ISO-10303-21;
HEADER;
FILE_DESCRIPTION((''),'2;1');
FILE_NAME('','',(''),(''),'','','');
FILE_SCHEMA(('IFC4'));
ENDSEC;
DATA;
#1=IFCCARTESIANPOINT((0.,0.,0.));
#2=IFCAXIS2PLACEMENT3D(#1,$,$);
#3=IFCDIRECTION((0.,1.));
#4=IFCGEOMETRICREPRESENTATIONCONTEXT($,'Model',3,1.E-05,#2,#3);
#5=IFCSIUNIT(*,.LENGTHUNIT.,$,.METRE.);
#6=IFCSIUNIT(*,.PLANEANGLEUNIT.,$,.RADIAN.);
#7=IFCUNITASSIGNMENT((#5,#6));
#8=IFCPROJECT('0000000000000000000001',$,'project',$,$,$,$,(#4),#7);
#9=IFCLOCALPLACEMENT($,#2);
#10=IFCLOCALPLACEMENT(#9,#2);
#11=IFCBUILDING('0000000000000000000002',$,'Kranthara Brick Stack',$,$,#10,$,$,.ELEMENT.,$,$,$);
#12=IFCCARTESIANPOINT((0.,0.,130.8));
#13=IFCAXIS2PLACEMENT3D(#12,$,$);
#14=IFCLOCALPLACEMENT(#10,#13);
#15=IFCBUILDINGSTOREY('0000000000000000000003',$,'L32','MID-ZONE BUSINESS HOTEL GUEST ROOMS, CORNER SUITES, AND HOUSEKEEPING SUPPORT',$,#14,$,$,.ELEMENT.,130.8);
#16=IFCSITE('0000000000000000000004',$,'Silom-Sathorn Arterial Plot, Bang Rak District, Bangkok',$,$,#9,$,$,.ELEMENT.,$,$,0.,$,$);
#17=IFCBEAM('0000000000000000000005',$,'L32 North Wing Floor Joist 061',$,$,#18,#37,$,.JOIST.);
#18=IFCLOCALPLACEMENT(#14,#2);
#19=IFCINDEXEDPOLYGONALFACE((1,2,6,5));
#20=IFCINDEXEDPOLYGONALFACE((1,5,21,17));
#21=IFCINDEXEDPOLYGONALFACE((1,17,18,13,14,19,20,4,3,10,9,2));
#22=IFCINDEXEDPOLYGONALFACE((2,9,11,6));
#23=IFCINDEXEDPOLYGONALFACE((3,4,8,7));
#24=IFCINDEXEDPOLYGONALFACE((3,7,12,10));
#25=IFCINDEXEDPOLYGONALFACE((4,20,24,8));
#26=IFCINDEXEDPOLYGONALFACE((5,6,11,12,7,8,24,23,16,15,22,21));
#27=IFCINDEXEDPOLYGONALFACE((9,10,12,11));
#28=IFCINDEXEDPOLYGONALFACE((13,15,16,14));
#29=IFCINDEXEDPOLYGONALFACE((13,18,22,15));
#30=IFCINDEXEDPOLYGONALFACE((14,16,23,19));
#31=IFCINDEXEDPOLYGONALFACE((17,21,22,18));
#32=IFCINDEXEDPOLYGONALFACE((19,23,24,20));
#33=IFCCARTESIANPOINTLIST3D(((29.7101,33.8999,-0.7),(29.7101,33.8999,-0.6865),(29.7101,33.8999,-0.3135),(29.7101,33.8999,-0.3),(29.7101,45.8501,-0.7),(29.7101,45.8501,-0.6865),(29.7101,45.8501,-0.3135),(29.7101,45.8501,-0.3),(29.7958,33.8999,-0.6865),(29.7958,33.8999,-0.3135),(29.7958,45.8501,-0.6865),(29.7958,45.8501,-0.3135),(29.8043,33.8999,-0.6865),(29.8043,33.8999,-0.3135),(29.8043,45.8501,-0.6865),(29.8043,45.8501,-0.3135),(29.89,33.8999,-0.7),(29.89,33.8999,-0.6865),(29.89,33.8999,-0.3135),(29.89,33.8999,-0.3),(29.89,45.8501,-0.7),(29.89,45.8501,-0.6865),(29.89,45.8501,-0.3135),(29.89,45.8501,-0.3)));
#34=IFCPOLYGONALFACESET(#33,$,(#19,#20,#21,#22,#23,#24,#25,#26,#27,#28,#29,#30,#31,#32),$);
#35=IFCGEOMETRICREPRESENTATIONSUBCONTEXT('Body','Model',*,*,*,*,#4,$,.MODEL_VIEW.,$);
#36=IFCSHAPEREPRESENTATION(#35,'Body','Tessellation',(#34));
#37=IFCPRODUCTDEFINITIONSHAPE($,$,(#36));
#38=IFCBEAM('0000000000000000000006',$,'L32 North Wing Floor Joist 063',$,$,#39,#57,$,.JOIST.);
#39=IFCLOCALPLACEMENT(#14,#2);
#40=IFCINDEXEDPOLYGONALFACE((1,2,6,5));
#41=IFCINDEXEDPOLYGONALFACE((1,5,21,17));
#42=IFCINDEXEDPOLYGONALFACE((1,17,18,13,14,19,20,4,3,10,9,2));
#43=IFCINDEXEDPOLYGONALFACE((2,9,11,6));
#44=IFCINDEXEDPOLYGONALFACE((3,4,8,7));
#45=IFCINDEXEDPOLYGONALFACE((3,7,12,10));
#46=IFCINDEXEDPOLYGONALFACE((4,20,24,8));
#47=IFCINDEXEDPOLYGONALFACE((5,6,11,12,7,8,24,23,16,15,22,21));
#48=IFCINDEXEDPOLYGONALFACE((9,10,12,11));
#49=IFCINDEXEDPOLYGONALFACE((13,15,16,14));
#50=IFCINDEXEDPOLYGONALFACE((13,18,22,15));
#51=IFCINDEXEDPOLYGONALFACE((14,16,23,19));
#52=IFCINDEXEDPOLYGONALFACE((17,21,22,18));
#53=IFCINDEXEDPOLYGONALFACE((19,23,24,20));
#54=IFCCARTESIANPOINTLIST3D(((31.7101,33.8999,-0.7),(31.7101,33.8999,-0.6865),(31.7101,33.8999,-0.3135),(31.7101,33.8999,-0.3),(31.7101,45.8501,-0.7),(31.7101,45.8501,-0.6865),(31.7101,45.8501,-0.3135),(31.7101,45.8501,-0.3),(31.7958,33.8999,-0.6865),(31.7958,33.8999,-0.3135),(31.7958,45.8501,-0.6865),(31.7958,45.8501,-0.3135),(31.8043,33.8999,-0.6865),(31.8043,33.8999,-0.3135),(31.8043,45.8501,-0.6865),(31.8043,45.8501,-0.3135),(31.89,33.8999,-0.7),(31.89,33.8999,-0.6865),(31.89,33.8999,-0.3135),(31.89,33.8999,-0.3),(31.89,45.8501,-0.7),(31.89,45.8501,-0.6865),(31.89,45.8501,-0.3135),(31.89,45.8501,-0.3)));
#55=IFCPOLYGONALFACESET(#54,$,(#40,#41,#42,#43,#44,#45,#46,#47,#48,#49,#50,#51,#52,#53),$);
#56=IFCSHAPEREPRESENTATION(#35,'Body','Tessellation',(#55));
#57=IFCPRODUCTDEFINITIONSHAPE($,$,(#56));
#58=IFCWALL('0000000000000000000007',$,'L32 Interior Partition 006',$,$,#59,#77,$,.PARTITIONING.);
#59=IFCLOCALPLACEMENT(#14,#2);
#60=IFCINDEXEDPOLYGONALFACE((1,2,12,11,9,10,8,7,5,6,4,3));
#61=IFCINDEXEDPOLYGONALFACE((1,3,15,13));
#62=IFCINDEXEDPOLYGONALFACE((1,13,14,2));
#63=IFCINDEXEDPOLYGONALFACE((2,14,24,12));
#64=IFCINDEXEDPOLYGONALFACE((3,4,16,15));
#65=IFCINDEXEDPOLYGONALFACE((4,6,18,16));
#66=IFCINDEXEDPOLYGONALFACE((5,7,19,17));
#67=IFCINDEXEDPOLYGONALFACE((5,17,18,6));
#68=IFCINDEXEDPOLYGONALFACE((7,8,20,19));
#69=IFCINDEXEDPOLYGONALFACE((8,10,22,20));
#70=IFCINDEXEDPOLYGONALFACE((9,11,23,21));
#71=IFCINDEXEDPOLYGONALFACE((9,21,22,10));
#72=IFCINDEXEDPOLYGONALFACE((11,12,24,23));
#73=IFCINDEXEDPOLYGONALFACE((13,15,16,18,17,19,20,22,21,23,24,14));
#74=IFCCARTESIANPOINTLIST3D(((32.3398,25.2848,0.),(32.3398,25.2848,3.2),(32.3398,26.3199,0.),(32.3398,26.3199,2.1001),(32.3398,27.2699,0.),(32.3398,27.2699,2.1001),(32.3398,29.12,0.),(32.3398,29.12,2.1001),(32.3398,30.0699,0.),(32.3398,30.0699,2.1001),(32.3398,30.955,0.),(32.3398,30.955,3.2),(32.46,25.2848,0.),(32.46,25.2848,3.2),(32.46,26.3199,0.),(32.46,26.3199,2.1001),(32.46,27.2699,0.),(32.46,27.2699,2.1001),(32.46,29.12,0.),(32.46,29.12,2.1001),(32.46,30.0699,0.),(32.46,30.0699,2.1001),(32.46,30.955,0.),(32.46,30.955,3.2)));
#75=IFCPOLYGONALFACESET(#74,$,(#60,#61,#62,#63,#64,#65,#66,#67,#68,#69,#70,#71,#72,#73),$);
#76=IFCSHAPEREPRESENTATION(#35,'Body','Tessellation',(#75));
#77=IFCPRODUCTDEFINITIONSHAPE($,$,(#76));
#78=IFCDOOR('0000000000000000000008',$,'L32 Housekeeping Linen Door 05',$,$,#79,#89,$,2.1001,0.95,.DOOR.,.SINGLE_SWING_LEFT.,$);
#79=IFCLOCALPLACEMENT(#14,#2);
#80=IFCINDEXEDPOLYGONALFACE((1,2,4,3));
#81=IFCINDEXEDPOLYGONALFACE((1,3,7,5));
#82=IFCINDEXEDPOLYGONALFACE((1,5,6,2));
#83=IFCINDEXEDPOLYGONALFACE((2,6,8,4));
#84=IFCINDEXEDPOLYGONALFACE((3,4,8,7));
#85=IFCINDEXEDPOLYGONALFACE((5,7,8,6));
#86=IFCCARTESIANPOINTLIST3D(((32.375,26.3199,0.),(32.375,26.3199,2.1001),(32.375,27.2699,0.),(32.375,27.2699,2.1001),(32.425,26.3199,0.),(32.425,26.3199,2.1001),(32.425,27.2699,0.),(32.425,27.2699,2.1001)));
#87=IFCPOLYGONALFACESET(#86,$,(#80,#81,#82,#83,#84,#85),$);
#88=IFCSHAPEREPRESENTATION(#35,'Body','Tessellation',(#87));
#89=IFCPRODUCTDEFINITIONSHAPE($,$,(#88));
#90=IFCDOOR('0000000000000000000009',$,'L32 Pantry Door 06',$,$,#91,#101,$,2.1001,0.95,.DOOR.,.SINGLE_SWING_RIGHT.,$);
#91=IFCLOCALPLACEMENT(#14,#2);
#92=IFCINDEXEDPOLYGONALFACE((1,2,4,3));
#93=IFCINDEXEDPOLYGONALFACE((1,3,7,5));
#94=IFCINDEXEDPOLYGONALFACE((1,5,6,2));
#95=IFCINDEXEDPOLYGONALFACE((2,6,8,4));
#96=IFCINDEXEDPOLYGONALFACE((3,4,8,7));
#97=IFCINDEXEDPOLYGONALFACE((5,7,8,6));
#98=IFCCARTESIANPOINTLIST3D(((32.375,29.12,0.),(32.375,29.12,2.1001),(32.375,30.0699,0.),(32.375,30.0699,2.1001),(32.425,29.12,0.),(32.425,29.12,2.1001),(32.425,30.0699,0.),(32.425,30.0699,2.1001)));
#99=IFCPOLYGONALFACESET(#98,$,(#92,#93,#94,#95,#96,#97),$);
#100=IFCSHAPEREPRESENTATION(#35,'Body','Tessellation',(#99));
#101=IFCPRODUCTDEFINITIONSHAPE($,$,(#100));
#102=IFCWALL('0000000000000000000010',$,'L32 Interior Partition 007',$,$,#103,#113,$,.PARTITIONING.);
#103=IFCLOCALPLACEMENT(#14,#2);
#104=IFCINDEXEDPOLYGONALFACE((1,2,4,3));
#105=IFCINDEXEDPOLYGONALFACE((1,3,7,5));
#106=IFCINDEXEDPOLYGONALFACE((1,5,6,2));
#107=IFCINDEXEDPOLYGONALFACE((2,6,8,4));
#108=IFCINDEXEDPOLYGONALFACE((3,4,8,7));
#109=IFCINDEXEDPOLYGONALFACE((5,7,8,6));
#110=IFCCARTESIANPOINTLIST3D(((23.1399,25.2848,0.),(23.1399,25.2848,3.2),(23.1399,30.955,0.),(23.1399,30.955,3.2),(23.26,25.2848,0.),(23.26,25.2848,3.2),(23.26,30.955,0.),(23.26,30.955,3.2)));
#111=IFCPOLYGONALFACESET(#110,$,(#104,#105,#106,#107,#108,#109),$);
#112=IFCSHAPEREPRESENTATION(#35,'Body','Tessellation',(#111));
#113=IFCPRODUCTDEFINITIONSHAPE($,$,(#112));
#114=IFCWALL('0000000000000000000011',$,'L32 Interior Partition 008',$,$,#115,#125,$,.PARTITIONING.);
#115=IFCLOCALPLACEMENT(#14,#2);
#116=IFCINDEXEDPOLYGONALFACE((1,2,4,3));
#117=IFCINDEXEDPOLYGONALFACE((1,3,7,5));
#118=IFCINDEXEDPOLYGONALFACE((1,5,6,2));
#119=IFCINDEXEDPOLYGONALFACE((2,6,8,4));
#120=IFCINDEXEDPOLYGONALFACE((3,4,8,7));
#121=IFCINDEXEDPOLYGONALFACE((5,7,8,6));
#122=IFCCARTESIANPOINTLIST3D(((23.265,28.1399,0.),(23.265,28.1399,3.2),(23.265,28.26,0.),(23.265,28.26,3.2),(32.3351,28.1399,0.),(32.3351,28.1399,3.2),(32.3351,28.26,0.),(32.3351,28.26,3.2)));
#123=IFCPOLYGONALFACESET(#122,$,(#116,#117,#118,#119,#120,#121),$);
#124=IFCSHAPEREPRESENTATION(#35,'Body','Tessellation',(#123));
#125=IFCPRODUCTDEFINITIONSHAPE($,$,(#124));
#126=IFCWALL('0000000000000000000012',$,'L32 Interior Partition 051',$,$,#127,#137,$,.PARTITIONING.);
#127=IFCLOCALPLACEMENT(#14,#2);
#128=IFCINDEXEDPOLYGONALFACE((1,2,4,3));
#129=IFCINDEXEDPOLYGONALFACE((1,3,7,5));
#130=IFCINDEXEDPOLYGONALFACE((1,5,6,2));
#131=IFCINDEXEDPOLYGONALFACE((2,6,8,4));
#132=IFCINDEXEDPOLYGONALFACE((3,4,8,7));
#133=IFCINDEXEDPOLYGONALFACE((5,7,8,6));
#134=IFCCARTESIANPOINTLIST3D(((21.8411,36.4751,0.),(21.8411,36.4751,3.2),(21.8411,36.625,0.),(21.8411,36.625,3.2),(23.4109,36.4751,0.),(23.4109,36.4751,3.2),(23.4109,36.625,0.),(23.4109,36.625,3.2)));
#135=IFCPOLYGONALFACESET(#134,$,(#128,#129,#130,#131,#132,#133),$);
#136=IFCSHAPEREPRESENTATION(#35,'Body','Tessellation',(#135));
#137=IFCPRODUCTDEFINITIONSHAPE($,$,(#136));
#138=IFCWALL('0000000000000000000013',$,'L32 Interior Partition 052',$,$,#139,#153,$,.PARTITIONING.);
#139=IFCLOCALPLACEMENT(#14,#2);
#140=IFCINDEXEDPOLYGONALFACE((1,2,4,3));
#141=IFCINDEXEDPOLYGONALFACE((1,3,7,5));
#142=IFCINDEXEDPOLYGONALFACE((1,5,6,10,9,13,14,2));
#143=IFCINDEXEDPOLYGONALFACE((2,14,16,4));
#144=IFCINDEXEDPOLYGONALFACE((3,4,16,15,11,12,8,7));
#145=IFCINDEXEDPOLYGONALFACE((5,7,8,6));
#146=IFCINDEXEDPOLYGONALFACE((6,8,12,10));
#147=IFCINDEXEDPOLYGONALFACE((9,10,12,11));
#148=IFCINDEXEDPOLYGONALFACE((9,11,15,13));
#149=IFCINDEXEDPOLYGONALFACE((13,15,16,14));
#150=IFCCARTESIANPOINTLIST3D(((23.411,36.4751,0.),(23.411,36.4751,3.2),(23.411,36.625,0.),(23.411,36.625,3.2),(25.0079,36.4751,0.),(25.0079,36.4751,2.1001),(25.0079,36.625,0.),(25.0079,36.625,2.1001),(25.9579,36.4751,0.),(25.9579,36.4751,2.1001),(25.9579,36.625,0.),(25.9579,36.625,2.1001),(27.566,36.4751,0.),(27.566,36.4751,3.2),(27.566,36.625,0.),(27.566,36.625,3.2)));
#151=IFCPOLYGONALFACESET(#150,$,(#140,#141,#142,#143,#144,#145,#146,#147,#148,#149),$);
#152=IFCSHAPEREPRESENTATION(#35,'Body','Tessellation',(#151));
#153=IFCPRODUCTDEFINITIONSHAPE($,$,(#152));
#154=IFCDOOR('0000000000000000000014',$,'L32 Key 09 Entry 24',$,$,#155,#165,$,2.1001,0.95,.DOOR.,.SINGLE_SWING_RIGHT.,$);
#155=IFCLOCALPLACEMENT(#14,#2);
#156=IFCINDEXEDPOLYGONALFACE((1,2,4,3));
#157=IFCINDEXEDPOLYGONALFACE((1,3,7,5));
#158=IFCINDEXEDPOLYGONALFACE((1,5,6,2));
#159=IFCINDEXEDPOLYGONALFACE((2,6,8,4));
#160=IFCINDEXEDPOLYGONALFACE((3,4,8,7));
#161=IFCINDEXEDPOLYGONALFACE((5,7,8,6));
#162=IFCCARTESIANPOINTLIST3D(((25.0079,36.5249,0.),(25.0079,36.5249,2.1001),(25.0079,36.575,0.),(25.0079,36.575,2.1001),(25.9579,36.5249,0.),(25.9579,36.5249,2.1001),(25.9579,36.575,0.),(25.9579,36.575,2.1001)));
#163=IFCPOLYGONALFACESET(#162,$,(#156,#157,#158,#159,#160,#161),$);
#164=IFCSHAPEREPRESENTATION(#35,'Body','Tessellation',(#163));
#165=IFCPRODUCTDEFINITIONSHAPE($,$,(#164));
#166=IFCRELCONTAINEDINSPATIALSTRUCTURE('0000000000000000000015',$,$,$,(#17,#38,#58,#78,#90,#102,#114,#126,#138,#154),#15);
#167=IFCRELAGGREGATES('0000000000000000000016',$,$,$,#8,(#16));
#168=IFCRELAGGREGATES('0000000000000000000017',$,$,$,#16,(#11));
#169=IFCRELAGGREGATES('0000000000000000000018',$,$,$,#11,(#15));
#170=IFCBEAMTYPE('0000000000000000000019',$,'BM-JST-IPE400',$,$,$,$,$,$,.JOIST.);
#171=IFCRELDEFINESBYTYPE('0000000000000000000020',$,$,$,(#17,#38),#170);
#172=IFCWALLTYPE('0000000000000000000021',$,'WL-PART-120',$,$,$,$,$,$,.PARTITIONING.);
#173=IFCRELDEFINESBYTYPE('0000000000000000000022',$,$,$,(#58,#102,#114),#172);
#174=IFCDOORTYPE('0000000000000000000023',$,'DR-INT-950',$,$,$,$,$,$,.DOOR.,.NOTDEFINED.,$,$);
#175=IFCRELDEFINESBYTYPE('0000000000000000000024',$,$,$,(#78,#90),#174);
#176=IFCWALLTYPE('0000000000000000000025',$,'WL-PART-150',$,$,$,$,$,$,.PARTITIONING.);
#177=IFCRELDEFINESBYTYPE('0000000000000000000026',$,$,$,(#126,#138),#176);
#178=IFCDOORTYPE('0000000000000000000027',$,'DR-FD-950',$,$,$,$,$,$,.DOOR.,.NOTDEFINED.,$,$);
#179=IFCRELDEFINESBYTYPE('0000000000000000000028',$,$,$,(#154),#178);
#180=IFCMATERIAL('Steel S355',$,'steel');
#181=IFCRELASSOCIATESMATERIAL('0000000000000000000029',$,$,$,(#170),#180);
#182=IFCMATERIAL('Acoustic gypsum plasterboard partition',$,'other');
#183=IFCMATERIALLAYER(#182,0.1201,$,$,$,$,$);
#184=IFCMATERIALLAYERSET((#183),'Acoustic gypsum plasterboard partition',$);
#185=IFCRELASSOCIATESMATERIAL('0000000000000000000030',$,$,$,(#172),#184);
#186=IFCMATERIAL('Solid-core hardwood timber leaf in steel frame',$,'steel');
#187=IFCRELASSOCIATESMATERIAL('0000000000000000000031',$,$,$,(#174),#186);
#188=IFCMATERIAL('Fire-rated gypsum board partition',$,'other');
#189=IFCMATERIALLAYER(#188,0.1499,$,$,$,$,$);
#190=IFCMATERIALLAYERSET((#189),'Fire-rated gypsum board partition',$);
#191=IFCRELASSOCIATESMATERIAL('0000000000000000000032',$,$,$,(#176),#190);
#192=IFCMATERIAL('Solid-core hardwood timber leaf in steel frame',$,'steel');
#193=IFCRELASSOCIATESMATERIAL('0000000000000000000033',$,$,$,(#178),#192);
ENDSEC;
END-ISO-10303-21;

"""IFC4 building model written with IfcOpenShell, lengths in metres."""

from ifc_helpers import new_model, si_unit, direction, frame, frame_2d, origin, origin_2d, place, context, subcontext, project, spatial, rectangle, i_section, extrude, material, layer, layer_set, material_profile, profile_set, type_object, element, fill, save


model = new_model("IFC4")

# Units and contexts
model_context = context("Model", 3, precision=1e-05, world=origin(), true_north=direction((0.0, 1.0)))
body_context = subcontext(model_context, "Body", "Model", "MODEL_VIEW")
ifc_project = project(units=[si_unit("LENGTHUNIT", "METRE"), si_unit("PLANEANGLEUNIT", "RADIAN")], contexts=[model_context])

# Site, building, storey
site_placement = place(None, origin())
site = spatial("IfcSite", under=ifc_project, at=site_placement, Name="Silom-Sathorn Arterial Plot, Bang Rak District, Bangkok", CompositionType="ELEMENT", RefElevation=0.0)
building_placement = place(site_placement, origin())
building = spatial("IfcBuilding", under=site, at=building_placement, Name="Kranthara Brick Stack", CompositionType="ELEMENT")
storey_placement = place(building_placement, frame((0.0, 0.0, 130.8)))
storey = spatial("IfcBuildingStorey", under=building, at=storey_placement, Name="L32", Description="MID-ZONE BUSINESS HOTEL GUEST ROOMS, CORNER SUITES, AND HOUSEKEEPING SUPPORT", CompositionType="ELEMENT", Elevation=130.8)

# Beams
ifc_material_1 = material(Name="Steel S355", Category="steel")
ifc_material_profile_1 = material_profile(ifc_material_1, i_section(OverallWidth=0.1799, OverallDepth=0.3999, WebThickness=0.0085, FlangeThickness=0.0134, at=origin_2d()), Name="IPE 400")
ifc_profile_set_1 = profile_set([ifc_material_profile_1], Name="Steel S355")
beam_type_1 = type_object("IfcBeamType", Name="BM-JST-IPE400", PredefinedType="JOIST", material=ifc_profile_set_1)
for number, where, z_axis, x_axis, name in (
    (1, (29.8, 33.8999, -0.5), (0.0, 1.0, 0.0), (-1.0, 0.0, 0.0), "L32 North Wing Floor Joist 061"),
    (2, (31.8, 33.8999, -0.5), (0.0, 1.0, 0.0), (-1.0, 0.0, 0.0), "L32 North Wing Floor Joist 063"),
):
    element("IfcBeam", number, at=place(storey_placement, frame(where, z_axis=z_axis, x_axis=x_axis)), inside=storey, type_object=beam_type_1, Name=name, PredefinedType="JOIST", context=body_context, shape_type="SweptSolid", body=[
        extrude(i_section(OverallWidth=0.1799, OverallDepth=0.3999, WebThickness=0.0085, FlangeThickness=0.0134, at=origin_2d()), origin(), (0.0, 0.0, 1.0), 11.9502),
    ])

# Wall, openings, doors
ifc_material_2 = material(Name="Acoustic gypsum plasterboard partition", Category="other")
ifc_layer_1 = layer(ifc_material_2, 0.1201)
ifc_layer_set_1 = layer_set([ifc_layer_1], Name="Acoustic gypsum plasterboard partition")
wall_type_1 = type_object("IfcWallType", Name="WL-PART-120", PredefinedType="PARTITIONING", material=ifc_layer_set_1)
wall_1_placement = place(storey_placement, frame((32.3999, 25.2849, 0.0), z_axis=(0.0, 0.0, 1.0), x_axis=(0.0, 1.0, 0.0)))
wall_1 = element("IfcWall", 3, at=wall_1_placement, inside=storey, type_object=wall_type_1, Name="L32 Interior Partition 006", PredefinedType="PARTITIONING", context=body_context, shape_type="SweptSolid", body=[
    extrude(rectangle(XDim=5.6702, YDim=0.1201, at=frame_2d((2.835, 0.0))), origin(), (0.0, 0.0, 1.0), 3.2),
])
opening_1_placement = place(wall_1_placement, frame((1.0349, 0.0, 0.0)))
opening_1 = element("IfcOpeningElement", 4, at=opening_1_placement, cuts=wall_1, PredefinedType="OPENING", context=body_context, shape_type="SweptSolid", body=[
    extrude(rectangle(XDim=0.95, YDim=2.1001, at=frame_2d((0.4751, 1.05))), frame((0.0, 0.0701, 0.0), z_axis=(0.0, -1.0, 0.0), x_axis=(1.0, 0.0, 0.0)), (0.0, 0.0, 1.0), 0.1401),
])
opening_2_placement = place(wall_1_placement, frame((3.835, 0.0, 0.0)))
opening_2 = element("IfcOpeningElement", 5, at=opening_2_placement, cuts=wall_1, PredefinedType="OPENING", context=body_context, shape_type="SweptSolid", body=[
    extrude(rectangle(XDim=0.95, YDim=2.1001, at=frame_2d((0.4751, 1.05))), frame((0.0, 0.0701, 0.0), z_axis=(0.0, -1.0, 0.0), x_axis=(1.0, 0.0, 0.0)), (0.0, 0.0, 1.0), 0.1401),
])
ifc_material_3 = material(Name="Solid-core hardwood timber leaf in steel frame", Category="steel")
door_type_1 = type_object("IfcDoorType", Name="DR-INT-950", OperationType="NOTDEFINED", PredefinedType="DOOR", material=ifc_material_3)
door_1_placement = place(opening_1_placement, origin())
door_1 = element("IfcDoor", 6, at=door_1_placement, inside=storey, type_object=door_type_1, Name="L32 Housekeeping Linen Door 05", OperationType="SINGLE_SWING_LEFT", OverallHeight=2.1001, OverallWidth=0.95, PredefinedType="DOOR", context=body_context, shape_type="SweptSolid", body=[
    extrude(rectangle(XDim=0.95, YDim=2.1001, at=frame_2d((0.4751, 1.05))), frame((0.0, 0.0249, 0.0), z_axis=(0.0, -1.0, 0.0), x_axis=(1.0, 0.0, 0.0)), (0.0, 0.0, 1.0), 0.05),
])
fill(opening_1, door_1)
door_2_placement = place(opening_2_placement, origin())
door_2 = element("IfcDoor", 7, at=door_2_placement, inside=storey, type_object=door_type_1, Name="L32 Pantry Door 06", OperationType="SINGLE_SWING_RIGHT", OverallHeight=2.1001, OverallWidth=0.95, PredefinedType="DOOR", context=body_context, shape_type="SweptSolid", body=[
    extrude(rectangle(XDim=0.95, YDim=2.1001, at=frame_2d((0.4751, 1.05))), frame((0.0, 0.0249, 0.0), z_axis=(0.0, -1.0, 0.0), x_axis=(1.0, 0.0, 0.0)), (0.0, 0.0, 1.0), 0.05),
])
fill(opening_2, door_2)

# Walls
wall_2_placement = place(storey_placement, frame((23.2, 25.2849, 0.0), z_axis=(0.0, 0.0, 1.0), x_axis=(0.0, 1.0, 0.0)))
element("IfcWall", 8, at=wall_2_placement, inside=storey, type_object=wall_type_1, Name="L32 Interior Partition 007", PredefinedType="PARTITIONING", context=body_context, shape_type="SweptSolid", body=[
    extrude(rectangle(XDim=5.6702, YDim=0.1201, at=frame_2d((2.835, 0.0))), origin(), (0.0, 0.0, 1.0), 3.2),
])
wall_3_placement = place(storey_placement, frame((23.2649, 28.2, 0.0), z_axis=(0.0, 0.0, 1.0), x_axis=(1.0, 0.0, 0.0)))
element("IfcWall", 9, at=wall_3_placement, inside=storey, type_object=wall_type_1, Name="L32 Interior Partition 008", PredefinedType="PARTITIONING", context=body_context, shape_type="SweptSolid", body=[
    extrude(rectangle(XDim=9.0701, YDim=0.1201, at=frame_2d((4.5352, 0.0))), origin(), (0.0, 0.0, 1.0), 3.2),
])
ifc_material_4 = material(Name="Fire-rated gypsum board partition", Category="other")
ifc_layer_2 = layer(ifc_material_4, 0.1499)
ifc_layer_set_2 = layer_set([ifc_layer_2], Name="Fire-rated gypsum board partition")
wall_type_2 = type_object("IfcWallType", Name="WL-PART-150", PredefinedType="PARTITIONING", material=ifc_layer_set_2)
wall_4_placement = place(storey_placement, frame((21.8411, 36.55, 0.0), z_axis=(0.0, 0.0, 1.0), x_axis=(1.0, 0.0, 0.0)))
element("IfcWall", 10, at=wall_4_placement, inside=storey, type_object=wall_type_2, Name="L32 Interior Partition 051", PredefinedType="PARTITIONING", context=body_context, shape_type="SweptSolid", body=[
    extrude(rectangle(XDim=1.5698, YDim=0.1499, at=frame_2d((0.7849, 0.0))), origin(), (0.0, 0.0, 1.0), 3.2),
])

# Wall, opening, door
wall_5_placement = place(storey_placement, frame((23.4109, 36.55, 0.0), z_axis=(0.0, 0.0, 1.0), x_axis=(1.0, 0.0, 0.0)))
wall_5 = element("IfcWall", 11, at=wall_5_placement, inside=storey, type_object=wall_type_2, Name="L32 Interior Partition 052", PredefinedType="PARTITIONING", context=body_context, shape_type="SweptSolid", body=[
    extrude(rectangle(XDim=4.155, YDim=0.1499, at=frame_2d((2.0776, 0.0))), origin(), (0.0, 0.0, 1.0), 3.2),
])
opening_3_placement = place(wall_5_placement, frame((1.5969, 0.0, 0.0)))
opening_3 = element("IfcOpeningElement", 12, at=opening_3_placement, cuts=wall_5, PredefinedType="OPENING", context=body_context, shape_type="SweptSolid", body=[
    extrude(rectangle(XDim=0.95, YDim=2.1001, at=frame_2d((0.4751, 1.05))), frame((0.0, 0.085, 0.0), z_axis=(0.0, -1.0, 0.0), x_axis=(1.0, 0.0, 0.0)), (0.0, 0.0, 1.0), 0.1699),
])
ifc_material_5 = material(Name="Solid-core hardwood timber leaf in steel frame", Category="steel")
door_type_2 = type_object("IfcDoorType", Name="DR-FD-950", OperationType="NOTDEFINED", PredefinedType="DOOR", material=ifc_material_5)
door_3_placement = place(opening_3_placement, origin())
door_3 = element("IfcDoor", 13, at=door_3_placement, inside=storey, type_object=door_type_2, Name="L32 Key 09 Entry 24", OperationType="SINGLE_SWING_RIGHT", OverallHeight=2.1001, OverallWidth=0.95, PredefinedType="DOOR", context=body_context, shape_type="SweptSolid", body=[
    extrude(rectangle(XDim=0.95, YDim=2.1001, at=frame_2d((0.4751, 1.05))), frame((0.0, 0.0249, 0.0), z_axis=(0.0, -1.0, 0.0), x_axis=(1.0, 0.0, 0.0)), (0.0, 0.0, 1.0), 0.05),
])
fill(opening_3, door_3)

save(model, "model.ifc")
